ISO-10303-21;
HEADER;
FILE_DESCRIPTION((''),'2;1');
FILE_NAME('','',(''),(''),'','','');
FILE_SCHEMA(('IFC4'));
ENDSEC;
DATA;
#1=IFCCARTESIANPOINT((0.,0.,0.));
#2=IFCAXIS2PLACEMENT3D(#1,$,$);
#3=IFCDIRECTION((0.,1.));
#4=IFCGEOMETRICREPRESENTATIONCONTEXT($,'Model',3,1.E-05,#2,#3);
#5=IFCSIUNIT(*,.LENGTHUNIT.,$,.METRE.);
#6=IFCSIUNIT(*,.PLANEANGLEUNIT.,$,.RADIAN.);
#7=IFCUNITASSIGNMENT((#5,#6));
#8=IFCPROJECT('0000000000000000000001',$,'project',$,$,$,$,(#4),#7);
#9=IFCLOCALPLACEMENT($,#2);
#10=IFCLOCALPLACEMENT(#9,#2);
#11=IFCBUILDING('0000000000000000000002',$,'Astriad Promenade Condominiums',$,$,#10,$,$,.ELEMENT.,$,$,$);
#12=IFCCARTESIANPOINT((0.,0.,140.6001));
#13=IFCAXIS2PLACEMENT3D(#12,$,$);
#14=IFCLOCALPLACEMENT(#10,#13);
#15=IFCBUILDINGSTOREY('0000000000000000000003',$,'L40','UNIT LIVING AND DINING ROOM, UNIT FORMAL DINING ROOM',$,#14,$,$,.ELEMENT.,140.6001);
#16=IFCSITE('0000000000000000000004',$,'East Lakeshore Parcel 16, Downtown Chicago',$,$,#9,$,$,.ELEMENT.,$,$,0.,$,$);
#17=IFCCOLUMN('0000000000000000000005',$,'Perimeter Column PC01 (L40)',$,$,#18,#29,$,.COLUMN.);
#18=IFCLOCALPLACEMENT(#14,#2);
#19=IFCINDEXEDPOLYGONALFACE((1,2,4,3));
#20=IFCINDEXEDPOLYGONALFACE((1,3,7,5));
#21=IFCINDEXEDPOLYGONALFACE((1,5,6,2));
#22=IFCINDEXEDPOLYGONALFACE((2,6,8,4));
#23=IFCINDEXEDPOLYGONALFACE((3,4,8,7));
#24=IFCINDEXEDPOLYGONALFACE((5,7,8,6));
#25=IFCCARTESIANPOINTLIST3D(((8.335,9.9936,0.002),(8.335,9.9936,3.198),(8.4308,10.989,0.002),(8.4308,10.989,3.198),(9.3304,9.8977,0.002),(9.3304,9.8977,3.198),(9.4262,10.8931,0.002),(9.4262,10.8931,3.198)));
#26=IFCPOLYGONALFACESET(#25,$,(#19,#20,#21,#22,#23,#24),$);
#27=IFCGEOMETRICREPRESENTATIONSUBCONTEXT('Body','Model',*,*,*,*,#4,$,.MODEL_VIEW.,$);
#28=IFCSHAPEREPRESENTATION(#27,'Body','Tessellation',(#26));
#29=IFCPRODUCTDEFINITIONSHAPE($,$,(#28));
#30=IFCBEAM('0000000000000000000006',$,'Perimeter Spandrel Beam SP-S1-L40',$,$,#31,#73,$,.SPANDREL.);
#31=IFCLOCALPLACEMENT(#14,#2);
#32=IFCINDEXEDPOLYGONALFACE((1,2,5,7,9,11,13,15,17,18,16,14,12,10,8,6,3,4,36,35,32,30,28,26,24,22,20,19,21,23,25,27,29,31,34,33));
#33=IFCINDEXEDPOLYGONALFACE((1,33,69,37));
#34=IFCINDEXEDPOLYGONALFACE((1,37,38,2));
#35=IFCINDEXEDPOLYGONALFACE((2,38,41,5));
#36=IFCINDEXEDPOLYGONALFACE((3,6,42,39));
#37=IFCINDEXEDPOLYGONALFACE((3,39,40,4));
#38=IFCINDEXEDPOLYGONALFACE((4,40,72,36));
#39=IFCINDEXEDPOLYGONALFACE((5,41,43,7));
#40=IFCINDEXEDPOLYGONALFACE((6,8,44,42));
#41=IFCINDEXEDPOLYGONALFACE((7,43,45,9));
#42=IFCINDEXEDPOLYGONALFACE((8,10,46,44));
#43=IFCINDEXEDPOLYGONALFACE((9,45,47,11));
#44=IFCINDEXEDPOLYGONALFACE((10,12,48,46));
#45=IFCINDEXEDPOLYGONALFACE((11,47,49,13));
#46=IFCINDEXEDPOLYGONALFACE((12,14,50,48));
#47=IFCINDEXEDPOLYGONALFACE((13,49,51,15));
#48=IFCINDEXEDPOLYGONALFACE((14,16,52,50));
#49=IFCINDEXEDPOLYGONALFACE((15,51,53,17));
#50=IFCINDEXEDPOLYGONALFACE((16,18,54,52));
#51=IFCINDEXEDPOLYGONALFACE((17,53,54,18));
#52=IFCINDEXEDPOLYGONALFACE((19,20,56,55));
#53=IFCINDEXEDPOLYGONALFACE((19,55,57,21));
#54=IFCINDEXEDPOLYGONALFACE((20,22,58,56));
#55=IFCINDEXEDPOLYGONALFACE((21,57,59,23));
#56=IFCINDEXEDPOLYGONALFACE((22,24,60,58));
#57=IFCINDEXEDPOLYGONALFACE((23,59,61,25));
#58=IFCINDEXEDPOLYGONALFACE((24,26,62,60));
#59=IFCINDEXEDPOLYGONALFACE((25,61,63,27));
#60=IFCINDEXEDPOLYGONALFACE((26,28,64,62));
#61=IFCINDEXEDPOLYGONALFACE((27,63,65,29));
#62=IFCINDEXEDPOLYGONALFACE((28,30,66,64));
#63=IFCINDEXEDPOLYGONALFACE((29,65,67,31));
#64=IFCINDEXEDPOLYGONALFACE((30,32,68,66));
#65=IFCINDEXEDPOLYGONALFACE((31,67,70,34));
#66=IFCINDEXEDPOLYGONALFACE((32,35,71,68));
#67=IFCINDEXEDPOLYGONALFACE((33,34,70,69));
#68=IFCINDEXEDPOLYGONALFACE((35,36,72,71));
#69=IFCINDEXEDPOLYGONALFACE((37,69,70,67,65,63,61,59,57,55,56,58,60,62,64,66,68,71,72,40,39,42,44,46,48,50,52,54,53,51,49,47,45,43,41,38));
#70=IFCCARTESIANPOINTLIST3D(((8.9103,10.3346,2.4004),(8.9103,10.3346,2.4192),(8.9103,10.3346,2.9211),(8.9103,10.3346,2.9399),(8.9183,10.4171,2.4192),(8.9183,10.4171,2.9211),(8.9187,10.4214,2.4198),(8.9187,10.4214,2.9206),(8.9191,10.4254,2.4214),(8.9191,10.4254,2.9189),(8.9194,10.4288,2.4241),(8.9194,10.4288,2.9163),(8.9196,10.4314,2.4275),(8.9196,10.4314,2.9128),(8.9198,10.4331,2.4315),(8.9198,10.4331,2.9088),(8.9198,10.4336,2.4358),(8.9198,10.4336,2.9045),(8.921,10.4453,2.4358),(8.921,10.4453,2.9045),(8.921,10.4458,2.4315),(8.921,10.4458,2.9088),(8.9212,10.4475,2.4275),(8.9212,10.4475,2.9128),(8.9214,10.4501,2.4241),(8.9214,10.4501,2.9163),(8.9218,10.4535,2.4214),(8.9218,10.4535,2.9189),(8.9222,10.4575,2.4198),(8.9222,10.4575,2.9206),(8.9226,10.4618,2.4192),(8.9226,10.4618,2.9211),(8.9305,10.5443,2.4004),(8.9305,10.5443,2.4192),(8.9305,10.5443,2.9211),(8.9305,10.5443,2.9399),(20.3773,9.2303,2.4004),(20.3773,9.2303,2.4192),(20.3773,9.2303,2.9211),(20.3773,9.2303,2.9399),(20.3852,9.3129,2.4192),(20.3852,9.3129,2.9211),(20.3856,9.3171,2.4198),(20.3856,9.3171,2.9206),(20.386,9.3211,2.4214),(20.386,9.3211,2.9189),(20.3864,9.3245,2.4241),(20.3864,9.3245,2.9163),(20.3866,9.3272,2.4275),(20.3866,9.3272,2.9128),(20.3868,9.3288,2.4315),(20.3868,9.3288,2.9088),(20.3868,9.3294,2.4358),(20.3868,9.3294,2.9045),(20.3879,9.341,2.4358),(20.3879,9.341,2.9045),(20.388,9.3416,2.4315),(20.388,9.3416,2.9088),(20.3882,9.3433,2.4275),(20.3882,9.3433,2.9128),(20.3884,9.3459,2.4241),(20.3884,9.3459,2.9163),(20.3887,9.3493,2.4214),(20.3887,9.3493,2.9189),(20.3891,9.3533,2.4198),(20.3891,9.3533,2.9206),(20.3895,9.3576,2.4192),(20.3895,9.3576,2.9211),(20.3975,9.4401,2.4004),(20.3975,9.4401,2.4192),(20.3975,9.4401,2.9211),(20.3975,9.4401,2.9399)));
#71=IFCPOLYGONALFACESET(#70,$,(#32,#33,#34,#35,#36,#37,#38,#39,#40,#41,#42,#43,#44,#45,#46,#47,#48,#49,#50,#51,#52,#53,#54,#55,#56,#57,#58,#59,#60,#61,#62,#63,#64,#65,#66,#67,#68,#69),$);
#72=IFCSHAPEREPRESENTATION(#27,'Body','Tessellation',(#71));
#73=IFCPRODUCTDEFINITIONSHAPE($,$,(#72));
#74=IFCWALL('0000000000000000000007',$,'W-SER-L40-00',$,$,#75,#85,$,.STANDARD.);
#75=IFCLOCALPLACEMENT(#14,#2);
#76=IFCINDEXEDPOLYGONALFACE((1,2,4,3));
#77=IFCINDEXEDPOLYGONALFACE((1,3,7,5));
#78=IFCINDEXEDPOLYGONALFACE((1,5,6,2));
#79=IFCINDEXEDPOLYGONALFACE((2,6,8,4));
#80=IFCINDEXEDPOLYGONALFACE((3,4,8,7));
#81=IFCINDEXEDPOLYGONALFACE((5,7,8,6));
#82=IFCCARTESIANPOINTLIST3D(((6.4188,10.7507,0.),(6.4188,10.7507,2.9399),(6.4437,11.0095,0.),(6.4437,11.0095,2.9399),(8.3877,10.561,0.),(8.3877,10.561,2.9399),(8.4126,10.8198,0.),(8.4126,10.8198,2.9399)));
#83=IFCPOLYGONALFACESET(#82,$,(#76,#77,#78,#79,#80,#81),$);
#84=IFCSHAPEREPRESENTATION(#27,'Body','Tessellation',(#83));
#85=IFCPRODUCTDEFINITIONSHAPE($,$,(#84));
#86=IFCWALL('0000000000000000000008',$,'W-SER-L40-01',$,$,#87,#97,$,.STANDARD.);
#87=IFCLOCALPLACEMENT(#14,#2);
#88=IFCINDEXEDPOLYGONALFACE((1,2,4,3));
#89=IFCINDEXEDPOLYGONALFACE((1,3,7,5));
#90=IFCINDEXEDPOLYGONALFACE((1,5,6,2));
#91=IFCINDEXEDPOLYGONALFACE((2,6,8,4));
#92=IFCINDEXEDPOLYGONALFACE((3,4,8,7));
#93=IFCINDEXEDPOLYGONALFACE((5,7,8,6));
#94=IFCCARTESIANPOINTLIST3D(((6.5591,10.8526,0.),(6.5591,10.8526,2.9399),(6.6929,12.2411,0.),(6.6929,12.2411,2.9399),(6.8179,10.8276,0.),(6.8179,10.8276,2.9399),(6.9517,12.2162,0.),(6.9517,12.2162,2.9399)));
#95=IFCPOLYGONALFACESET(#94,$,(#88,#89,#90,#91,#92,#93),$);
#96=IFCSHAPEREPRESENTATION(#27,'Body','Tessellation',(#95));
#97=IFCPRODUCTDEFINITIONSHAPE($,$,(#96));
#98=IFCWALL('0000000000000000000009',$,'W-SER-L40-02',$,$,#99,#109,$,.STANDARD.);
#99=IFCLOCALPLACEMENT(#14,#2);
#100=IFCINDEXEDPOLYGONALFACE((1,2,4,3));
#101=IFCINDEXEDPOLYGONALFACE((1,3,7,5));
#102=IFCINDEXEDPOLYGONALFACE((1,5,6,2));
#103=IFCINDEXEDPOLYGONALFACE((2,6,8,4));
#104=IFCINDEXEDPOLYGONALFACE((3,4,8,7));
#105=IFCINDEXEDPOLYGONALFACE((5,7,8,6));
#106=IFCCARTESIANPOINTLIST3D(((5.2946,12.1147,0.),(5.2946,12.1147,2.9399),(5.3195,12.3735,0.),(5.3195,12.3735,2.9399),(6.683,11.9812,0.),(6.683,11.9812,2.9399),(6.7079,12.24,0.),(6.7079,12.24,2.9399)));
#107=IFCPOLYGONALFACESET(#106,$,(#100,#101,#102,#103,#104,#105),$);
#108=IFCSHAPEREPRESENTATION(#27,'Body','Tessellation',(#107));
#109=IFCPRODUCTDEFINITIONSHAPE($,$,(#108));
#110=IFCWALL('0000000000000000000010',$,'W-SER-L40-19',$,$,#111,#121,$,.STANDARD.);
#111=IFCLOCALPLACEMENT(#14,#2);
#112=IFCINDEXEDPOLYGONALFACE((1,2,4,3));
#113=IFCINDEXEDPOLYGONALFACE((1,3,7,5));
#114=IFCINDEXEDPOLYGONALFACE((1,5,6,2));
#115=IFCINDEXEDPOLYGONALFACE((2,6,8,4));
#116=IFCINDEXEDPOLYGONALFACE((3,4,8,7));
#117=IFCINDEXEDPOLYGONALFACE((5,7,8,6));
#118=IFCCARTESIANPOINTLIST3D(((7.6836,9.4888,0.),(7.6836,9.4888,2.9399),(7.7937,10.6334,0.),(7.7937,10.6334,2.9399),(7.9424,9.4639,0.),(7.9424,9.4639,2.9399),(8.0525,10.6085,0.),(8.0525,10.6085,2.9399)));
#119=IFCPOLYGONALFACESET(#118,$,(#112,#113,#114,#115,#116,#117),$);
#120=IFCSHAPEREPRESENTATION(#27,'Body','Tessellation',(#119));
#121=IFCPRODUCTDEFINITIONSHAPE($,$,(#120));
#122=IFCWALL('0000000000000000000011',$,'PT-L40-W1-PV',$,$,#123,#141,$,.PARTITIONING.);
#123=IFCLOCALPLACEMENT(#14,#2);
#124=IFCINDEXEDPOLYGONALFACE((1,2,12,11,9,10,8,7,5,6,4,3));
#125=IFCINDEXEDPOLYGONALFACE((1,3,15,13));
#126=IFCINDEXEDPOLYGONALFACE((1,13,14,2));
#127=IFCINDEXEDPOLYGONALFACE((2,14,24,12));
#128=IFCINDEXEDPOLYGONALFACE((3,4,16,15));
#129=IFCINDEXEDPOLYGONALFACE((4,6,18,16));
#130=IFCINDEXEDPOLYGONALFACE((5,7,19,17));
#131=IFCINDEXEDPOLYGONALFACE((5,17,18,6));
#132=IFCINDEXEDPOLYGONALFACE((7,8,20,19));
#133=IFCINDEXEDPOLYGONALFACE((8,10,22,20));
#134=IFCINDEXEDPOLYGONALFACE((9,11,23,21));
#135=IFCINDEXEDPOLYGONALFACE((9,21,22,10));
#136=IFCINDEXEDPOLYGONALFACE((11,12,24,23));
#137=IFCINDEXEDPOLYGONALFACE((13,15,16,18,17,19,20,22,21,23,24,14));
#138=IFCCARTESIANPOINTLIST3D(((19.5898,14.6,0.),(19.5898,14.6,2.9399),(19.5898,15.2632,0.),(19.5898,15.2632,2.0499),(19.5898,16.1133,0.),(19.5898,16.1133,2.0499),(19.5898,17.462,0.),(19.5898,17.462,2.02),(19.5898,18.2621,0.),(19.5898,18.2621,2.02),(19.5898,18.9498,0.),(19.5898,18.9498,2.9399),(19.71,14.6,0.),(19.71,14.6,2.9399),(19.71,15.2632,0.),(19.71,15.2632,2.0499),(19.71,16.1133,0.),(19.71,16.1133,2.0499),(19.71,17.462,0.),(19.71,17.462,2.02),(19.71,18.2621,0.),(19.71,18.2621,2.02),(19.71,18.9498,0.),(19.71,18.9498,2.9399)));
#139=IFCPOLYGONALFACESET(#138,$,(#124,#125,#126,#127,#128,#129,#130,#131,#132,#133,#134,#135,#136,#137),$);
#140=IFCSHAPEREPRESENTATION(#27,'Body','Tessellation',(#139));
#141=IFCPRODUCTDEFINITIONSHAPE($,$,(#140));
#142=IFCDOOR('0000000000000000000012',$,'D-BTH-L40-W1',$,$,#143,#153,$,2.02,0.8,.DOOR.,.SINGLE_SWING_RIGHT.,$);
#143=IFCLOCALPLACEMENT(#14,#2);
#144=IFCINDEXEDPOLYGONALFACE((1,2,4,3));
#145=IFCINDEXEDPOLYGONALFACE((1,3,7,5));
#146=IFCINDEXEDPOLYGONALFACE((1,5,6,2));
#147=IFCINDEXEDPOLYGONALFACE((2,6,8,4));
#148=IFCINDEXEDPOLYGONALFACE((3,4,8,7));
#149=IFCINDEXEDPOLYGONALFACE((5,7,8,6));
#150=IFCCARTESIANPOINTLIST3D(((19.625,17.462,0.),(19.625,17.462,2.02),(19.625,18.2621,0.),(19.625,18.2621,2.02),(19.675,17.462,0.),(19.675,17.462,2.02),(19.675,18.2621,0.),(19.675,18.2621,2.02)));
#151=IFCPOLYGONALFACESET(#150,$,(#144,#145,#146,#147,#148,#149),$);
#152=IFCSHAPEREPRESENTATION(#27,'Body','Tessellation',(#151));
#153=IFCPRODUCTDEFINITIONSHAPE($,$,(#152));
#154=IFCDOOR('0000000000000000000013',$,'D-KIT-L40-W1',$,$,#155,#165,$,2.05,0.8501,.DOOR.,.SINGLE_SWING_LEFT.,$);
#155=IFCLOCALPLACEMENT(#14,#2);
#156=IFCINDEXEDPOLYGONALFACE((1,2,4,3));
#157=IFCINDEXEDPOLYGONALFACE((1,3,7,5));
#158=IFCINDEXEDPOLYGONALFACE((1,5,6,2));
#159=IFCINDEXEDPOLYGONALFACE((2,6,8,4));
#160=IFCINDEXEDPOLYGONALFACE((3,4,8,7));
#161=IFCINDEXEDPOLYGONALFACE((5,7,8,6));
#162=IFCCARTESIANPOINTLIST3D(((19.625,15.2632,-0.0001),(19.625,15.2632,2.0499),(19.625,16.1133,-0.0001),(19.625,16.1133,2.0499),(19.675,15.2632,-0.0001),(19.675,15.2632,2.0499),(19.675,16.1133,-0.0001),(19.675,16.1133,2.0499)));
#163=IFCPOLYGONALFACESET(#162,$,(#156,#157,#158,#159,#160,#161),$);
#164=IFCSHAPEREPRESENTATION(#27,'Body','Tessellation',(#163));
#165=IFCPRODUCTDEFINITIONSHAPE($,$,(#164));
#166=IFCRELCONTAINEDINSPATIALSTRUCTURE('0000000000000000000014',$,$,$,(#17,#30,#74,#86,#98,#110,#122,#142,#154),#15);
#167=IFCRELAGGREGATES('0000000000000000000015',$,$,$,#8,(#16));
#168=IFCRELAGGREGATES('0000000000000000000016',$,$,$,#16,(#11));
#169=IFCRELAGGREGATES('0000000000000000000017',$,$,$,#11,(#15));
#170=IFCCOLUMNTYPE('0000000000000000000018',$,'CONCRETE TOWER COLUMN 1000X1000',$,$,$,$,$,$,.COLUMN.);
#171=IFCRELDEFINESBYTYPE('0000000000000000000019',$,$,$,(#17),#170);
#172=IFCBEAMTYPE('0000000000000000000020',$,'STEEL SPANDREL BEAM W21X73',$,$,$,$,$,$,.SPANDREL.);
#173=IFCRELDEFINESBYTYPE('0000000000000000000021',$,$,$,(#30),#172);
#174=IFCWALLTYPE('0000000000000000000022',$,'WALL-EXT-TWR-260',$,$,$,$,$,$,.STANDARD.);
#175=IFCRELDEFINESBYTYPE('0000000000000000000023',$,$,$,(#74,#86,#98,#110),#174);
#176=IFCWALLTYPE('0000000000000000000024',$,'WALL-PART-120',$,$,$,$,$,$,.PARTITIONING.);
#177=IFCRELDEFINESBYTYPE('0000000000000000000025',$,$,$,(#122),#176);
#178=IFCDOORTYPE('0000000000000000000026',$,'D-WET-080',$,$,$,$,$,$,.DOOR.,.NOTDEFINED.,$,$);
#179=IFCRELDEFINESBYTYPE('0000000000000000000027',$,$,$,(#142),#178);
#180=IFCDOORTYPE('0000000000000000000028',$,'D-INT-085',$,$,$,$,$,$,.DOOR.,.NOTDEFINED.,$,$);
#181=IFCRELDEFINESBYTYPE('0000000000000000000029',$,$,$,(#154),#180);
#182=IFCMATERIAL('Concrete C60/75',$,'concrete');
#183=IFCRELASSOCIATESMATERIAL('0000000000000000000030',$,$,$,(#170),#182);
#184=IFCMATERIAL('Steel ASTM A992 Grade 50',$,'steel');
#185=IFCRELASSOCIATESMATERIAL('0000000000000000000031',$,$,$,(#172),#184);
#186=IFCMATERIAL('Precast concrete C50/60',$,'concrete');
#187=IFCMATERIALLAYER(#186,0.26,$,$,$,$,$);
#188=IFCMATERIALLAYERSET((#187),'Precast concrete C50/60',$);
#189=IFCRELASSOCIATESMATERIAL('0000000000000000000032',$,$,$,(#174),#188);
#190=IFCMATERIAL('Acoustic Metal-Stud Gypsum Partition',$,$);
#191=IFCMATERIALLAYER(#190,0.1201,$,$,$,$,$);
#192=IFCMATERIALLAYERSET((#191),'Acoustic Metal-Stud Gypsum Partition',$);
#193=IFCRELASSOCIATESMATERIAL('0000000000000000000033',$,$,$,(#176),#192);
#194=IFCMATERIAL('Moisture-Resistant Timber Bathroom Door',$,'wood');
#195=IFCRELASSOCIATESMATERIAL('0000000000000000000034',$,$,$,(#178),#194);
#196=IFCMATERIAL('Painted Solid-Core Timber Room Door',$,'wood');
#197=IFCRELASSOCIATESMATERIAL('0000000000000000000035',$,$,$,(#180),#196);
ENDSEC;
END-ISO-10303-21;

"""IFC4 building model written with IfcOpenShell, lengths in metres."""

from ifc_helpers import new_model, si_unit, direction, frame, frame_2d, origin, origin_2d, place, context, subcontext, project, spatial, rectangle, i_section, extrude, source, transform, mapped, material, layer, layer_set, material_profile, profile_set, type_object, type_shapes, element, fill, save


model = new_model("IFC4")

# Units and contexts
model_context = context("Model", 3, precision=1e-05, world=origin(), true_north=direction((0.0, 1.0)))
body_context = subcontext(model_context, "Body", "Model", "MODEL_VIEW")
ifc_project = project(units=[si_unit("LENGTHUNIT", "METRE"), si_unit("PLANEANGLEUNIT", "RADIAN")], contexts=[model_context])

# Site, building, storey
site_placement = place(None, origin())
site = spatial("IfcSite", under=ifc_project, at=site_placement, Name="East Lakeshore Parcel 16, Downtown Chicago", CompositionType="ELEMENT", RefElevation=0.0)
building_placement = place(site_placement, origin())
building = spatial("IfcBuilding", under=site, at=building_placement, Name="Astriad Promenade Condominiums", CompositionType="ELEMENT")
storey_placement = place(building_placement, frame((0.0, 0.0, 140.6001)))
storey = spatial("IfcBuildingStorey", under=building, at=storey_placement, Name="L40", Description="UNIT LIVING AND DINING ROOM, UNIT FORMAL DINING ROOM", CompositionType="ELEMENT", Elevation=140.6001)

# Column
ifc_material_1 = material(Name="Concrete C60/75", Category="concrete")
ifc_material_profile_1 = material_profile(ifc_material_1, rectangle(XDim=1.0, YDim=1.0, at=origin_2d()), Name="RC-COL-1000X1000")
ifc_profile_set_1 = profile_set([ifc_material_profile_1], Name="Concrete C60/75")
column_type = type_object("IfcColumnType", Name="CONCRETE TOWER COLUMN 1000X1000", PredefinedType="COLUMN", material=ifc_profile_set_1)
shared_shape_1 = source(origin(), body_context, "Body", "SweptSolid", [
    extrude(rectangle(XDim=1.0, YDim=1.0, at=origin_2d()), origin(), (0.0, 0.0, 1.0), 3.196),
])
type_shapes(column_type, [shared_shape_1])
column_placement = place(storey_placement, frame((8.8806, 10.4434, 0.002), z_axis=(0.0, 0.0, 1.0), x_axis=(0.995396, -0.095846, 0.0)))
element("IfcColumn", 1, at=column_placement, inside=storey, type_object=column_type, Name="Perimeter Column PC01 (L40)", PredefinedType="COLUMN", context=body_context, shape_type="MappedRepresentation", body=[
    mapped(shared_shape_1, transform((0.0, 0.0, 0.0), scale=1.0)),
])

# Beam
ifc_material_2 = material(Name="Steel ASTM A992 Grade 50", Category="steel")
ifc_material_profile_2 = material_profile(ifc_material_2, i_section(OverallWidth=0.2107, OverallDepth=0.5396, WebThickness=0.0117, FlangeThickness=0.0188, FilletRadius=0.0166, at=origin_2d()), Name="W21X73")
ifc_profile_set_2 = profile_set([ifc_material_profile_2], Name="Steel ASTM A992 Grade 50")
beam_type = type_object("IfcBeamType", Name="STEEL SPANDREL BEAM W21X73", PredefinedType="SPANDREL", material=ifc_profile_set_2)
shared_shape_2 = source(origin(), body_context, "Body", "SweptSolid", [
    extrude(i_section(OverallWidth=0.2107, OverallDepth=0.5396, WebThickness=0.0117, FlangeThickness=0.0188, FilletRadius=0.0166, at=origin_2d()), origin(), (0.0, 0.0, 1.0), 11.52),
])
type_shapes(beam_type, [shared_shape_2])
beam_placement = place(storey_placement, frame((8.9204, 10.4395, 2.6702), z_axis=(0.995395, -0.095854, 0.0), x_axis=(0.095854, 0.995395, 0.0)))
element("IfcBeam", 2, at=beam_placement, inside=storey, type_object=beam_type, Name="Perimeter Spandrel Beam SP-S1-L40", PredefinedType="SPANDREL", context=body_context, shape_type="MappedRepresentation", body=[
    mapped(shared_shape_2, transform((0.0, 0.0, 0.0), scale=1.0)),
])

# Walls
ifc_material_3 = material(Name="Precast concrete C50/60", Category="concrete")
ifc_layer_1 = layer(ifc_material_3, 0.26)
ifc_layer_set_1 = layer_set([ifc_layer_1], Name="Precast concrete C50/60")
wall_type_1 = type_object("IfcWallType", Name="WALL-EXT-TWR-260", PredefinedType="STANDARD", material=ifc_layer_set_1)
wall_1_placement = place(storey_placement, frame((8.4001, 10.6904, 0.0), z_axis=(0.0, 0.0, 1.0), x_axis=(-0.995391, 0.095898, 0.0)))
element("IfcWall", 3, at=wall_1_placement, inside=storey, type_object=wall_type_1, Name="W-SER-L40-00", PredefinedType="STANDARD", context=body_context, shape_type="SweptSolid", body=[
    extrude(rectangle(XDim=1.978, YDim=0.26, at=frame_2d((0.989, 0.0))), origin(), (0.0, 0.0, 1.0), 2.9399),
])
wall_2_placement = place(storey_placement, frame((6.6885, 10.8401, 0.0), z_axis=(0.0, 0.0, 1.0), x_axis=(0.095899, 0.995391, 0.0)))
element("IfcWall", 4, at=wall_2_placement, inside=storey, type_object=wall_type_1, Name="W-SER-L40-01", PredefinedType="STANDARD", context=body_context, shape_type="SweptSolid", body=[
    extrude(rectangle(XDim=1.395, YDim=0.26, at=frame_2d((0.6975, 0.0))), origin(), (0.0, 0.0, 1.0), 2.9399),
])
wall_3_placement = place(storey_placement, frame((6.6953, 12.1106, 0.0), z_axis=(0.0, 0.0, 1.0), x_axis=(-0.995406, 0.095742, 0.0)))
element("IfcWall", 5, at=wall_3_placement, inside=storey, type_object=wall_type_1, Name="W-SER-L40-02", PredefinedType="STANDARD", context=body_context, shape_type="SweptSolid", body=[
    extrude(rectangle(XDim=1.3948, YDim=0.26, at=frame_2d((0.6973, 0.0))), origin(), (0.0, 0.0, 1.0), 2.9399),
])
wall_4_placement = place(storey_placement, frame((7.813, 9.4763, 0.0), z_axis=(0.0, 0.0, 1.0), x_axis=(0.095761, 0.995404, 0.0)))
element("IfcWall", 6, at=wall_4_placement, inside=storey, type_object=wall_type_1, Name="W-SER-L40-19", PredefinedType="STANDARD", context=body_context, shape_type="SweptSolid", body=[
    extrude(rectangle(XDim=1.1499, YDim=0.26, at=frame_2d((0.575, 0.0))), origin(), (0.0, 0.0, 1.0), 2.9399),
])

# Wall, openings, doors
ifc_material_4 = material(Name="Acoustic Metal-Stud Gypsum Partition")
ifc_layer_2 = layer(ifc_material_4, 0.1201)
ifc_layer_set_2 = layer_set([ifc_layer_2], Name="Acoustic Metal-Stud Gypsum Partition")
wall_type_2 = type_object("IfcWallType", Name="WALL-PART-120", PredefinedType="PARTITIONING", material=ifc_layer_set_2)
wall_5_placement = place(storey_placement, frame((19.6499, 14.6001, 0.0), z_axis=(0.0, 0.0, 1.0), x_axis=(0.0, 1.0, 0.0)))
wall_5 = element("IfcWall", 7, at=wall_5_placement, inside=storey, type_object=wall_type_2, Name="PT-L40-W1-PV", PredefinedType="PARTITIONING", context=body_context, shape_type="SweptSolid", body=[
    extrude(rectangle(XDim=4.3499, YDim=0.1201, at=frame_2d((2.1748, 0.0))), origin(), (0.0, 0.0, 1.0), 2.9399),
])
opening_1_placement = place(wall_5_placement, frame((0.6631, 0.0, 0.0)))
opening_1 = element("IfcOpeningElement", 8, at=opening_1_placement, cuts=wall_5, PredefinedType="OPENING", context=body_context, shape_type="SweptSolid", body=[
    extrude(rectangle(XDim=0.8501, YDim=2.05, at=frame_2d((0.425, 1.0249))), frame((0.0, 0.0701, 0.0), z_axis=(0.0, -1.0, 0.0), x_axis=(1.0, 0.0, 0.0)), (0.0, 0.0, 1.0), 0.1401),
])
opening_2_placement = place(wall_5_placement, frame((2.8621, 0.0, 0.0)))
opening_2 = element("IfcOpeningElement", 9, at=opening_2_placement, cuts=wall_5, PredefinedType="OPENING", context=body_context, shape_type="SweptSolid", body=[
    extrude(rectangle(XDim=0.8, YDim=2.02, at=frame_2d((0.3999, 1.01))), frame((0.0, 0.0701, 0.0), z_axis=(0.0, -1.0, 0.0), x_axis=(1.0, 0.0, 0.0)), (0.0, 0.0, 1.0), 0.1401),
])
ifc_material_5 = material(Name="Moisture-Resistant Timber Bathroom Door", Category="wood")
door_type_1 = type_object("IfcDoorType", Name="D-WET-080", OperationType="NOTDEFINED", PredefinedType="DOOR", material=ifc_material_5)
shared_shape_3 = source(origin(), body_context, "Body", "SweptSolid", [
    extrude(rectangle(XDim=0.8, YDim=2.02, at=frame_2d((0.3999, 1.01))), frame((0.0, 0.0249, 0.0), z_axis=(0.0, -1.0, 0.0), x_axis=(1.0, 0.0, 0.0)), (0.0, 0.0, 1.0), 0.05),
])
type_shapes(door_type_1, [shared_shape_3])
door_1_placement = place(opening_2_placement, origin())
door_1 = element("IfcDoor", 10, at=door_1_placement, inside=storey, type_object=door_type_1, Name="D-BTH-L40-W1", OperationType="SINGLE_SWING_RIGHT", OverallHeight=2.02, OverallWidth=0.8, PredefinedType="DOOR", context=body_context, shape_type="MappedRepresentation", body=[
    mapped(shared_shape_3, transform((0.0, 0.0, 0.0), scale=1.0)),
])
fill(opening_2, door_1)
ifc_material_6 = material(Name="Painted Solid-Core Timber Room Door", Category="wood")
door_type_2 = type_object("IfcDoorType", Name="D-INT-085", OperationType="NOTDEFINED", PredefinedType="DOOR", material=ifc_material_6)
shared_shape_4 = source(origin(), body_context, "Body", "SweptSolid", [
    extrude(rectangle(XDim=0.8501, YDim=2.05, at=frame_2d((0.425, 1.0249))), frame((0.0, 0.0249, 0.0), z_axis=(0.0, -1.0, 0.0), x_axis=(1.0, 0.0, 0.0)), (0.0, 0.0, 1.0), 0.05),
])
type_shapes(door_type_2, [shared_shape_4])
door_2_placement = place(opening_1_placement, origin())
door_2 = element("IfcDoor", 11, at=door_2_placement, inside=storey, type_object=door_type_2, Name="D-KIT-L40-W1", OperationType="SINGLE_SWING_LEFT", OverallHeight=2.05, OverallWidth=0.8501, PredefinedType="DOOR", context=body_context, shape_type="MappedRepresentation", body=[
    mapped(shared_shape_4, transform((0.0, 0.0, 0.0), scale=1.0)),
])
fill(opening_1, door_2)

save(model, "model.ifc")
